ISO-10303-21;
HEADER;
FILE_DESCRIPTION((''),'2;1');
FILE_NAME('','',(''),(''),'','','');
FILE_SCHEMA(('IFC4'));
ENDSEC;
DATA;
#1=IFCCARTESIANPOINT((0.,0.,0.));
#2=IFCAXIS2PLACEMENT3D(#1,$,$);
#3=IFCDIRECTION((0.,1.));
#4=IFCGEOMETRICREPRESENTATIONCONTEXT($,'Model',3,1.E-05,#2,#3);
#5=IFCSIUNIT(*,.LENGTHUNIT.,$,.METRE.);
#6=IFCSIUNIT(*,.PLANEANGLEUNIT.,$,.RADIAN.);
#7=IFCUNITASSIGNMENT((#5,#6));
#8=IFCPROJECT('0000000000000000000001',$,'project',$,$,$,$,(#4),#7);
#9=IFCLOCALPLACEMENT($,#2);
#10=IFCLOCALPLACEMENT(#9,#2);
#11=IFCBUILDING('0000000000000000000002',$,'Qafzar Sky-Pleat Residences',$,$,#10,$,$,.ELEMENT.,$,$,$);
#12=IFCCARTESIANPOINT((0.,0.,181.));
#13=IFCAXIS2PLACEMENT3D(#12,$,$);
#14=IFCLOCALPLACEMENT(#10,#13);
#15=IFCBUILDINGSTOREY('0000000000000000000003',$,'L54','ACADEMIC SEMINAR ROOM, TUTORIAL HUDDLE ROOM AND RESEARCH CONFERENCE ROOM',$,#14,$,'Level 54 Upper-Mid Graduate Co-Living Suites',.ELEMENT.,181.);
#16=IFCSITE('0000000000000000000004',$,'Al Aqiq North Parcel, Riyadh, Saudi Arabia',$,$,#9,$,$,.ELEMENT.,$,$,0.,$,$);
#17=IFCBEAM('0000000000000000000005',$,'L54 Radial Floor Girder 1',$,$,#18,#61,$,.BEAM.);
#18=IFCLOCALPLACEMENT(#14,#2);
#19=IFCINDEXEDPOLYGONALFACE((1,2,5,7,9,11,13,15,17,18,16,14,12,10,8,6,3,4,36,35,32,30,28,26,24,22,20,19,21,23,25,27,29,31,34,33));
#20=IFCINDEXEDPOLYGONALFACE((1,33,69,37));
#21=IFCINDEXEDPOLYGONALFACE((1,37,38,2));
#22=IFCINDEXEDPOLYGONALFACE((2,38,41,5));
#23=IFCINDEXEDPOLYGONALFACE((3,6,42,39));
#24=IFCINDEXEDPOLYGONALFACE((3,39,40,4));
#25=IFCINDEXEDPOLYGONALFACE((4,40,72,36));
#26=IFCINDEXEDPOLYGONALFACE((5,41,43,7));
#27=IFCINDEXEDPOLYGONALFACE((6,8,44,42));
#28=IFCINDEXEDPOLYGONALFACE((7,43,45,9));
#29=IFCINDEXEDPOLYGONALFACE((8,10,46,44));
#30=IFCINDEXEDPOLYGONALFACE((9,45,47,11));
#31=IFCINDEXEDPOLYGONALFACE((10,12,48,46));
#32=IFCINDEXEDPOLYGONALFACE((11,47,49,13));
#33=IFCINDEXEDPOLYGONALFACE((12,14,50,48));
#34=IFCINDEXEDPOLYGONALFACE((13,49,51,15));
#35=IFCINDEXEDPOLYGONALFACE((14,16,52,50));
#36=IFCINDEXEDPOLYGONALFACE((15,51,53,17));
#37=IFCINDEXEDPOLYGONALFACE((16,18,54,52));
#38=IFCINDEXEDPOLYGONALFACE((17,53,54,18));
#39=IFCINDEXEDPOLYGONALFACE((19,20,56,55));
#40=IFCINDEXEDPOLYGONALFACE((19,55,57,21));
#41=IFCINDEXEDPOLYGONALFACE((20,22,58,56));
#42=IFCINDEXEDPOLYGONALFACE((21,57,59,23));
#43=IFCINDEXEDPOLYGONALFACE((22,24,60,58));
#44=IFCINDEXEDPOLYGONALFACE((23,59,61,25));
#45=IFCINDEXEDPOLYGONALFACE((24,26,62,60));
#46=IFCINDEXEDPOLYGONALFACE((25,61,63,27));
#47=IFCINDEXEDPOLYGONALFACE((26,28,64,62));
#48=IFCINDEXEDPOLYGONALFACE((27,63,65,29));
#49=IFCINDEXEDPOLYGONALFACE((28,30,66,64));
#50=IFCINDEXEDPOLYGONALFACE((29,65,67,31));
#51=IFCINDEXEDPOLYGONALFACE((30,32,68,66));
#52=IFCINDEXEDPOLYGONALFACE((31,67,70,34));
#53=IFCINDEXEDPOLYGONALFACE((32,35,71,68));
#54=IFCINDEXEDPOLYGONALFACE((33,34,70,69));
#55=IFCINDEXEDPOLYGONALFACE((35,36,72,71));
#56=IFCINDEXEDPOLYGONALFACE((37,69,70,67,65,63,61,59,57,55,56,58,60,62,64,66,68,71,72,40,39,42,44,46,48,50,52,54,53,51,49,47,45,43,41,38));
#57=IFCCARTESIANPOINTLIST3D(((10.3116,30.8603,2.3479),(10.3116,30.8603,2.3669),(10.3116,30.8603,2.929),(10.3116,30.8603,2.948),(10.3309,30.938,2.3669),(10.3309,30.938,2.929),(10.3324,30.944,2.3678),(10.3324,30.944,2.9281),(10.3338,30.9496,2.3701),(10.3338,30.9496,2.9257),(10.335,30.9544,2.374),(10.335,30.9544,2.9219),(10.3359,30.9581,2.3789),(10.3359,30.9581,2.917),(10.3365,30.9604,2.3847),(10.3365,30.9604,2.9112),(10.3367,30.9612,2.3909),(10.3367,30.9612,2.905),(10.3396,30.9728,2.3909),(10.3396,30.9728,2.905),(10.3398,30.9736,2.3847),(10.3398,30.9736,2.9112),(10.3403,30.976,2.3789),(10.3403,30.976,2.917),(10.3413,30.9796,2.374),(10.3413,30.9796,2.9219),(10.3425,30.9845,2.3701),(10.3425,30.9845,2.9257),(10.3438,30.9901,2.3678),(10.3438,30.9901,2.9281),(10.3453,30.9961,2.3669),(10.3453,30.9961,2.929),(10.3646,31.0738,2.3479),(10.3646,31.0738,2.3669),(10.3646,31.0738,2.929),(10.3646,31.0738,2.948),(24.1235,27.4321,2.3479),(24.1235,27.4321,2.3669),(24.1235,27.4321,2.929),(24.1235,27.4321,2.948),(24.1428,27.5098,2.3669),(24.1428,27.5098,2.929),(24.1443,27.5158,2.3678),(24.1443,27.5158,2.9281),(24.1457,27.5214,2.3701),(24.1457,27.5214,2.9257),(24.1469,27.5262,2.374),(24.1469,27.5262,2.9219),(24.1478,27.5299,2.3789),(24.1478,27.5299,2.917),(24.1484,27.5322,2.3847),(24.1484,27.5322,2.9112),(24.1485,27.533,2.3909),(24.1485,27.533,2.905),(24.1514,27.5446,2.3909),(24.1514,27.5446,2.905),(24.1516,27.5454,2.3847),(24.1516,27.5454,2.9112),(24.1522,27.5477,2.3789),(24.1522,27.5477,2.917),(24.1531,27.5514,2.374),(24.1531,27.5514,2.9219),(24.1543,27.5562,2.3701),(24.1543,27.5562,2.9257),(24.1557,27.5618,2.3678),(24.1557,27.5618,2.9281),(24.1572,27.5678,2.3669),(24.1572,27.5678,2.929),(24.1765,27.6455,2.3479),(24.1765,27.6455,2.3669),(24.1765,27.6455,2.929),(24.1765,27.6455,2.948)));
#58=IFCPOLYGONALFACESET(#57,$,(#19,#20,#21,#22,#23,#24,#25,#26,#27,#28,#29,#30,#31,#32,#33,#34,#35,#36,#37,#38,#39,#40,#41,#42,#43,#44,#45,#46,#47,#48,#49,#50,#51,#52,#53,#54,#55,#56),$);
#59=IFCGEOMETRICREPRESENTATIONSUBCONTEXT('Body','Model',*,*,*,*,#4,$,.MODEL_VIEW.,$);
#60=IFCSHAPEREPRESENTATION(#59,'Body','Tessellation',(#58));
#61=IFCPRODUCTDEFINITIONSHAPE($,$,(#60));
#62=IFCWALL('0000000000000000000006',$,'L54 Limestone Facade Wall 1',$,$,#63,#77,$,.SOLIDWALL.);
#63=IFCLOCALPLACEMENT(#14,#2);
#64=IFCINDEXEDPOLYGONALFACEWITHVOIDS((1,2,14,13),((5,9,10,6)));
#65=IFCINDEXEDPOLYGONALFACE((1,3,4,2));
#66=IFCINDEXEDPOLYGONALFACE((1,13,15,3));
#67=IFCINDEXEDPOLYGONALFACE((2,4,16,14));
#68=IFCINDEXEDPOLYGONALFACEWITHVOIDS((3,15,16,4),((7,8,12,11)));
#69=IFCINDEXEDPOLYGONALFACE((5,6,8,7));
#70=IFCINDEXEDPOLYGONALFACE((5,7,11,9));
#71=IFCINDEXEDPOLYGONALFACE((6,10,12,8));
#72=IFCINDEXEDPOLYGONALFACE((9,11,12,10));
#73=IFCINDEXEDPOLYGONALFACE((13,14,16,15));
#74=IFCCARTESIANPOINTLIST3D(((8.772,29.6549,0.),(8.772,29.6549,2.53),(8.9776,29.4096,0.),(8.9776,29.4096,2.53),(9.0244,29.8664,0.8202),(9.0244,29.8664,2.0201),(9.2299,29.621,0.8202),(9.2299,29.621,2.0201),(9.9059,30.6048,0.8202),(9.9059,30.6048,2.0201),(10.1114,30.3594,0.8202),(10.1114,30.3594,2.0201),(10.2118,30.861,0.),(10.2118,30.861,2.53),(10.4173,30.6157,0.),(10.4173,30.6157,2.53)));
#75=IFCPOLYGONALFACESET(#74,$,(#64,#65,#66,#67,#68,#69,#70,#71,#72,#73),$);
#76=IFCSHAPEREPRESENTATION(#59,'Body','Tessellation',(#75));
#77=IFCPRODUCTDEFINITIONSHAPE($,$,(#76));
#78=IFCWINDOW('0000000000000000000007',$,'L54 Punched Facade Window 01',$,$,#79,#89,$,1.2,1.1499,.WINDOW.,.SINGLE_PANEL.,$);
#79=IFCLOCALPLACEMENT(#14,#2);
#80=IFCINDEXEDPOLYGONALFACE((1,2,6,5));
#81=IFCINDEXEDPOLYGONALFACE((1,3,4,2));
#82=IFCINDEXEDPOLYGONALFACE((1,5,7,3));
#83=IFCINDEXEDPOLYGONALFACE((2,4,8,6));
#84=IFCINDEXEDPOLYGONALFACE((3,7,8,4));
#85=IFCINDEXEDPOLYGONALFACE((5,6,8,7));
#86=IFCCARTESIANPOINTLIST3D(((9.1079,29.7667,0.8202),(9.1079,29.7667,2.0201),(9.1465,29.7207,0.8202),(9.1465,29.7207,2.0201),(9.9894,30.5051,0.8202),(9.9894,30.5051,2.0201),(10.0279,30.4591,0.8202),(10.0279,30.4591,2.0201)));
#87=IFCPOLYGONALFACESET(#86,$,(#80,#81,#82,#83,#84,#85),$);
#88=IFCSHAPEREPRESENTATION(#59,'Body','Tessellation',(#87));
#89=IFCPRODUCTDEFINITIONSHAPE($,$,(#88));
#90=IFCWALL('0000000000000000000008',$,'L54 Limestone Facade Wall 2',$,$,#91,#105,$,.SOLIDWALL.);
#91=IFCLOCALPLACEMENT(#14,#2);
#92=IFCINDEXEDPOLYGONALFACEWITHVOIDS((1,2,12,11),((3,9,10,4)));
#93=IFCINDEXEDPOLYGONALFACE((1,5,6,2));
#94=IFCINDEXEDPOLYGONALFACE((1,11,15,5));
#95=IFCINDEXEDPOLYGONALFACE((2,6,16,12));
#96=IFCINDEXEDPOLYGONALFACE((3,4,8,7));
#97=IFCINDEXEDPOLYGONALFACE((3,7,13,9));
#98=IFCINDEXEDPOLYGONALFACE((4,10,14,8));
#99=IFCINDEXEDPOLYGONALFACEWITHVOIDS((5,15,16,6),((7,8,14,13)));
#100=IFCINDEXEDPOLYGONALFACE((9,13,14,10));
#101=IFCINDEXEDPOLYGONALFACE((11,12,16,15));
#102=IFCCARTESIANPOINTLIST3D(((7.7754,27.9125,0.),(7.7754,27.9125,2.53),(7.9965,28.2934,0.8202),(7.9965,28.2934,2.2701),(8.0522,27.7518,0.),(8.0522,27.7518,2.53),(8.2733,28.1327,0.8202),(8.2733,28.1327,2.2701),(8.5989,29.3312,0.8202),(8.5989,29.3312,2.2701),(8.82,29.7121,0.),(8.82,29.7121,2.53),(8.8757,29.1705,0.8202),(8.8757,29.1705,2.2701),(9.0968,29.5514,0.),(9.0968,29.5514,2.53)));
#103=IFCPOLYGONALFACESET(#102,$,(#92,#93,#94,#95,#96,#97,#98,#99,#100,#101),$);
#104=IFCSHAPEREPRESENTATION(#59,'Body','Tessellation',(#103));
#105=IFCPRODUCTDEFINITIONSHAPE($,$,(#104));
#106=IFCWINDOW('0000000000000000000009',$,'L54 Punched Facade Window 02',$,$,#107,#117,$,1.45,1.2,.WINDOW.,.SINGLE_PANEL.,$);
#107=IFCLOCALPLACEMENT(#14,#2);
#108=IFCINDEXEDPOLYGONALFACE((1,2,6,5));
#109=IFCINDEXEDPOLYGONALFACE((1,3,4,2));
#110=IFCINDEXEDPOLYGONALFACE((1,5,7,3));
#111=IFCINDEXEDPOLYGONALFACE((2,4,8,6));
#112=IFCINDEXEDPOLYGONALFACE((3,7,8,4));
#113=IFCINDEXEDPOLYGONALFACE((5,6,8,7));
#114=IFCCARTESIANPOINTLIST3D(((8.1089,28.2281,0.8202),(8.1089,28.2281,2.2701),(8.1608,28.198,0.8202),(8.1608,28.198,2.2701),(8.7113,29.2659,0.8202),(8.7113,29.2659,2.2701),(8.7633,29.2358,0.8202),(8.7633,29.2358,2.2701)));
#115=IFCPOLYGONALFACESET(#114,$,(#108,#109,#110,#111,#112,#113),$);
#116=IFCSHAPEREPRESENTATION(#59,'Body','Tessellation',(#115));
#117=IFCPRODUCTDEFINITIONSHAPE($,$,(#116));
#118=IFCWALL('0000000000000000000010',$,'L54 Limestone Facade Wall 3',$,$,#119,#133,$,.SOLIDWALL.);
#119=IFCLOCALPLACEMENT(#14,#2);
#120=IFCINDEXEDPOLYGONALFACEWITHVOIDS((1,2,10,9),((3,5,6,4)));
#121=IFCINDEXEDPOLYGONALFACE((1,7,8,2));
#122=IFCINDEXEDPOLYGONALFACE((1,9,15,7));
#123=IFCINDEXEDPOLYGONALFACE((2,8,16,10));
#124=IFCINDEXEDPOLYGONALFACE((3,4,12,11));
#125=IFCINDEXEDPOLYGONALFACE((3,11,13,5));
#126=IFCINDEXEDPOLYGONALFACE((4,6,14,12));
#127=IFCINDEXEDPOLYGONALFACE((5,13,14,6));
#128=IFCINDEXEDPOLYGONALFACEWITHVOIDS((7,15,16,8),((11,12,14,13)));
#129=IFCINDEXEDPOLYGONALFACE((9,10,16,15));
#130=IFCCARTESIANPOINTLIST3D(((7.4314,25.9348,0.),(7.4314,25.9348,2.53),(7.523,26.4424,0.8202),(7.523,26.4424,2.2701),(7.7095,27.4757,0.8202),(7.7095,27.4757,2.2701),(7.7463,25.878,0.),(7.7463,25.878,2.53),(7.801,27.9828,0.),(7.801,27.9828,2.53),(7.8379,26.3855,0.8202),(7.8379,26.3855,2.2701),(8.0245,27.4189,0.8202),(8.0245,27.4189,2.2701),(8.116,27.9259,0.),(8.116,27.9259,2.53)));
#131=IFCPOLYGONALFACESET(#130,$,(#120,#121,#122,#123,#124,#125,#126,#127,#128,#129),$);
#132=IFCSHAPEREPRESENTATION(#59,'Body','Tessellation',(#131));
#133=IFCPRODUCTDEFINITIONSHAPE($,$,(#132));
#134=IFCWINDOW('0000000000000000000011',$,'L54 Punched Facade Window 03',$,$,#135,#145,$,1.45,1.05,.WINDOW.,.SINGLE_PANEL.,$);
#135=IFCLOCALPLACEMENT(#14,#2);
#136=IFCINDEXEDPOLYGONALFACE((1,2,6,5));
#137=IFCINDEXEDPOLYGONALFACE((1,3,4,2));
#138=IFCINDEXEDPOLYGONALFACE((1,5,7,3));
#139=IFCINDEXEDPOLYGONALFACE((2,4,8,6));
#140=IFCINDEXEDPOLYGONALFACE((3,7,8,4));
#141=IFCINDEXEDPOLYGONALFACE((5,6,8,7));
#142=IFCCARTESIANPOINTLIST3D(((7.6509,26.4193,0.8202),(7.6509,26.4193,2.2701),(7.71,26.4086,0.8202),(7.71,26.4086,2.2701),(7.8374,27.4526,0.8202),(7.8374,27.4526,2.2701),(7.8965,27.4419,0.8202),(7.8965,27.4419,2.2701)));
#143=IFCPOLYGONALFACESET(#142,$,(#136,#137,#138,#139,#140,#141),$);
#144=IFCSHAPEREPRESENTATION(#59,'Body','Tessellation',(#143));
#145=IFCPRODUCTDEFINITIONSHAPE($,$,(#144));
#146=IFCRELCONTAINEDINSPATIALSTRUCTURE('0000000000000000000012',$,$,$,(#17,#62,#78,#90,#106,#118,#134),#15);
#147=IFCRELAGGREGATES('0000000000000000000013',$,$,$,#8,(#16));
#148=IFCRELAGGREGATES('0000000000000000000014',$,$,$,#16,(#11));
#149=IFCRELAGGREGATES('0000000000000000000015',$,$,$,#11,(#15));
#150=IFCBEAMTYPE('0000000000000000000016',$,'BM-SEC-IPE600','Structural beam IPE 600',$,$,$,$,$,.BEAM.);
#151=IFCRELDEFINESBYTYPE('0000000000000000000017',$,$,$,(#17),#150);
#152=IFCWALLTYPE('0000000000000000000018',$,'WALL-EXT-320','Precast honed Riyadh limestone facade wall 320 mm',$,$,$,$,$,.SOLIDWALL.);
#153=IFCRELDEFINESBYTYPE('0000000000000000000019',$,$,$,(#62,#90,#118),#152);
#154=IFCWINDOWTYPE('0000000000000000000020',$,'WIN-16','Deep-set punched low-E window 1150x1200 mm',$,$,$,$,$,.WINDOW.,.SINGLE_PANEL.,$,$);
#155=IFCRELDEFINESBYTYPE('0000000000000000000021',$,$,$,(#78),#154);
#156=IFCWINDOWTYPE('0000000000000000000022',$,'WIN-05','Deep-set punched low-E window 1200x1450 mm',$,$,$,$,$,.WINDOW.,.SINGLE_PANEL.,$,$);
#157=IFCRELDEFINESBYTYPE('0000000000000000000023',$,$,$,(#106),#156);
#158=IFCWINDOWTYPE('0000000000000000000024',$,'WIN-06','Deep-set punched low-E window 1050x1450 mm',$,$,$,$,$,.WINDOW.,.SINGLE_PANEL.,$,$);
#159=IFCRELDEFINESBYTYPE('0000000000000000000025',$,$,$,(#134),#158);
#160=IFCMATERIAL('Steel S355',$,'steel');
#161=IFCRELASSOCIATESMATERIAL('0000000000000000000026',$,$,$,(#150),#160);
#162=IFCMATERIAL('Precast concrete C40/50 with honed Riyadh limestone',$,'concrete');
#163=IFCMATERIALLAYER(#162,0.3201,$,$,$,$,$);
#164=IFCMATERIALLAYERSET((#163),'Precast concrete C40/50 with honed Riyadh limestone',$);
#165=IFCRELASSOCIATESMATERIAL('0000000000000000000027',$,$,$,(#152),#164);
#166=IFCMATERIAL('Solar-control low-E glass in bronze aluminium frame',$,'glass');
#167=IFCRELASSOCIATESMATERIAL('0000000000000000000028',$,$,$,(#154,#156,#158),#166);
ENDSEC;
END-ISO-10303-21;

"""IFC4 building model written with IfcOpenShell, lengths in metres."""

from ifc_helpers import new_model, si_unit, direction, frame, frame_2d, origin, origin_2d, place, context, subcontext, project, spatial, rectangle, i_section, extrude, source, transform, mapped, material, layer, layer_set, material_profile, profile_set, type_object, element, fill, save


model = new_model("IFC4")

# Units and contexts
model_context = context("Model", 3, precision=1e-05, world=origin(), true_north=direction((0.0, 1.0)))
body_context = subcontext(model_context, "Body", "Model", "MODEL_VIEW")
ifc_project = project(units=[si_unit("LENGTHUNIT", "METRE"), si_unit("PLANEANGLEUNIT", "RADIAN")], contexts=[model_context])

# Site, building, storey
site_placement = place(None, origin())
site = spatial("IfcSite", under=ifc_project, at=site_placement, Name="Al Aqiq North Parcel, Riyadh, Saudi Arabia", CompositionType="ELEMENT", RefElevation=0.0)
building_placement = place(site_placement, origin())
building = spatial("IfcBuilding", under=site, at=building_placement, Name="Qafzar Sky-Pleat Residences", CompositionType="ELEMENT")
storey_placement = place(building_placement, frame((0.0, 0.0, 181.0)))
storey = spatial("IfcBuildingStorey", under=building, at=storey_placement, Name="L54", Description="ACADEMIC SEMINAR ROOM, TUTORIAL HUDDLE ROOM AND RESEARCH CONFERENCE ROOM", LongName="Level 54 Upper-Mid Graduate Co-Living Suites", CompositionType="ELEMENT", Elevation=181.0)

# Shared definitions
ifc_material_1 = material(Name="Steel S355", Category="steel")

# Beam
ifc_material_profile_1 = material_profile(ifc_material_1, i_section(OverallWidth=0.22, OverallDepth=0.6001, WebThickness=0.012, FlangeThickness=0.019, FilletRadius=0.0239, at=origin_2d()), Name="IPE 600")
ifc_profile_set_1 = profile_set([ifc_material_profile_1], Name="Steel S355")
beam_type_1 = type_object("IfcBeamType", Name="BM-SEC-IPE600", Description="Structural beam IPE 600", PredefinedType="BEAM", material=ifc_profile_set_1)
shared_shape_1 = source(origin(), body_context, "Body", "SweptSolid", [
    extrude(i_section(OverallWidth=0.22, OverallDepth=0.6001, WebThickness=0.012, FlangeThickness=0.019, FilletRadius=0.0239, at=origin_2d()), origin(), (0.0, 0.0, 1.0), 14.231),
])
beam_1_placement = place(storey_placement, frame((10.3381, 30.967, 2.6479), z_axis=(0.97055, -0.2409, 0.0), x_axis=(0.2409, 0.97055, 0.0)))
element("IfcBeam", 1, at=beam_1_placement, inside=storey, type_object=beam_type_1, Name="L54 Radial Floor Girder 1", PredefinedType="BEAM", context=body_context, shape_type="MappedRepresentation", body=[
    mapped(shared_shape_1, transform((0.0, 0.0, 0.0), x_axis=(1.0, 0.0, 0.0), y_axis=(0.0, 1.0, 0.0), z_axis=(0.0, 0.0, 1.0), scale=1.0)),
])

# Walls, openings, windows
ifc_material_2 = material(Name="Precast concrete C40/50 with honed Riyadh limestone", Category="concrete")
ifc_layer_1 = layer(ifc_material_2, 0.3201)
ifc_layer_set_1 = layer_set([ifc_layer_1], Name="Precast concrete C40/50 with honed Riyadh limestone")
wall_type_1 = type_object("IfcWallType", Name="WALL-EXT-320", Description="Precast honed Riyadh limestone facade wall 320 mm", PredefinedType="SOLIDWALL", material=ifc_layer_set_1)
wall_1_placement = place(storey_placement, frame((10.3145, 30.7383, 0.0), z_axis=(0.0, 0.0, 1.0), x_axis=(-0.766567, -0.642164, 0.0)))
wall_1 = element("IfcWall", 2, at=wall_1_placement, inside=storey, type_object=wall_type_1, Name="L54 Limestone Facade Wall 1", PredefinedType="SOLIDWALL", context=body_context, shape_type="SweptSolid", body=[
    extrude(rectangle(XDim=1.8782, YDim=0.3201, at=frame_2d((0.939, 0.0))), origin(), (0.0, 0.0, 1.0), 2.53),
])
opening_1_placement = place(wall_1_placement, frame((0.3989, 0.0, 0.8201)))
opening_1 = element("IfcOpeningElement", 3, at=opening_1_placement, cuts=wall_1, PredefinedType="OPENING", context=body_context, shape_type="SweptSolid", body=[
    extrude(rectangle(XDim=1.1499, YDim=1.2, at=frame_2d((0.575, 0.6001))), frame((0.0, 0.1699, 0.0), z_axis=(0.0, -1.0, 0.0), x_axis=(1.0, 0.0, 0.0)), (0.0, 0.0, 1.0), 0.3401),
])
ifc_material_3 = material(Name="Solar-control low-E glass in bronze aluminium frame", Category="glass")
window_type_1 = type_object("IfcWindowType", Name="WIN-16", Description="Deep-set punched low-E window 1150x1200 mm", PartitioningType="SINGLE_PANEL", PredefinedType="WINDOW", material=ifc_material_3)
shared_shape_2 = source(origin(), body_context, "Body", "SweptSolid", [
    extrude(rectangle(XDim=1.1499, YDim=1.2, at=frame_2d((0.575, 0.6001))), frame((0.0, 0.03, 0.0), z_axis=(0.0, -1.0, 0.0), x_axis=(1.0, 0.0, 0.0)), (0.0, 0.0, 1.0), 0.0601),
])
window_1_placement = place(opening_1_placement, origin())
window_1 = element("IfcWindow", 4, at=window_1_placement, inside=storey, type_object=window_type_1, Name="L54 Punched Facade Window 01", OverallHeight=1.2, OverallWidth=1.1499, PartitioningType="SINGLE_PANEL", PredefinedType="WINDOW", context=body_context, shape_type="MappedRepresentation", body=[
    mapped(shared_shape_2, transform((0.0, 0.0, 0.0), x_axis=(1.0, 0.0, 0.0), y_axis=(0.0, 1.0, 0.0), z_axis=(0.0, 0.0, 1.0), scale=1.0)),
])
fill(opening_1, window_1)
wall_2_placement = place(storey_placement, frame((8.9585, 29.6318, 0.0), z_axis=(0.0, 0.0, 1.0), x_axis=(-0.502053, -0.864837, 0.0)))
wall_2 = element("IfcWall", 5, at=wall_2_placement, inside=storey, type_object=wall_type_1, Name="L54 Limestone Facade Wall 2", PredefinedType="SOLIDWALL", context=body_context, shape_type="SweptSolid", body=[
    extrude(rectangle(XDim=2.0808, YDim=0.3201, at=frame_2d((1.0405, 0.0))), origin(), (0.0, 0.0, 1.0), 2.53),
])
opening_2_placement = place(wall_2_placement, frame((0.4404, 0.0, 0.8201)))
opening_2 = element("IfcOpeningElement", 6, at=opening_2_placement, cuts=wall_2, PredefinedType="OPENING", context=body_context, shape_type="SweptSolid", body=[
    extrude(rectangle(XDim=1.2, YDim=1.45, at=frame_2d((0.6001, 0.7251))), frame((0.0, 0.1699, 0.0), z_axis=(0.0, -1.0, 0.0), x_axis=(1.0, 0.0, 0.0)), (0.0, 0.0, 1.0), 0.3401),
])
window_type_2 = type_object("IfcWindowType", Name="WIN-05", Description="Deep-set punched low-E window 1200x1450 mm", PartitioningType="SINGLE_PANEL", PredefinedType="WINDOW", material=ifc_material_3)
shared_shape_3 = source(origin(), body_context, "Body", "SweptSolid", [
    extrude(rectangle(XDim=1.2, YDim=1.45, at=frame_2d((0.6001, 0.7251))), frame((0.0, 0.03, 0.0), z_axis=(0.0, -1.0, 0.0), x_axis=(1.0, 0.0, 0.0)), (0.0, 0.0, 1.0), 0.0601),
])
window_2_placement = place(opening_2_placement, origin())
window_2 = element("IfcWindow", 7, at=window_2_placement, inside=storey, type_object=window_type_2, Name="L54 Punched Facade Window 02", OverallHeight=1.45, OverallWidth=1.2, PartitioningType="SINGLE_PANEL", PredefinedType="WINDOW", context=body_context, shape_type="MappedRepresentation", body=[
    mapped(shared_shape_3, transform((0.0, 0.0, 0.0), x_axis=(1.0, 0.0, 0.0), y_axis=(0.0, 1.0, 0.0), z_axis=(0.0, 0.0, 1.0), scale=1.0)),
])
fill(opening_2, window_2)
wall_3_placement = place(storey_placement, frame((7.9585, 27.9543, 0.0), z_axis=(0.0, 0.0, 1.0), x_axis=(-0.177626, -0.984098, 0.0)))
wall_3 = element("IfcWall", 8, at=wall_3_placement, inside=storey, type_object=wall_type_1, Name="L54 Limestone Facade Wall 3", PredefinedType="SOLIDWALL", context=body_context, shape_type="SweptSolid", body=[
    extrude(rectangle(XDim=2.0811, YDim=0.3201, at=frame_2d((1.0405, 0.0))), origin(), (0.0, 0.0, 1.0), 2.53),
])
opening_3_placement = place(wall_3_placement, frame((0.5154, 0.0, 0.8201)))
opening_3 = element("IfcOpeningElement", 9, at=opening_3_placement, cuts=wall_3, PredefinedType="OPENING", context=body_context, shape_type="SweptSolid", body=[
    extrude(rectangle(XDim=1.05, YDim=1.45, at=frame_2d((0.5249, 0.7251))), frame((0.0, 0.1699, 0.0), z_axis=(0.0, -1.0, 0.0), x_axis=(1.0, 0.0, 0.0)), (0.0, 0.0, 1.0), 0.3401),
])
window_type_3 = type_object("IfcWindowType", Name="WIN-06", Description="Deep-set punched low-E window 1050x1450 mm", PartitioningType="SINGLE_PANEL", PredefinedType="WINDOW", material=ifc_material_3)
shared_shape_4 = source(origin(), body_context, "Body", "SweptSolid", [
    extrude(rectangle(XDim=1.05, YDim=1.45, at=frame_2d((0.5249, 0.7251))), frame((0.0, 0.03, 0.0), z_axis=(0.0, -1.0, 0.0), x_axis=(1.0, 0.0, 0.0)), (0.0, 0.0, 1.0), 0.0601),
])
window_3_placement = place(opening_3_placement, origin())
window_3 = element("IfcWindow", 10, at=window_3_placement, inside=storey, type_object=window_type_3, Name="L54 Punched Facade Window 03", OverallHeight=1.45, OverallWidth=1.05, PartitioningType="SINGLE_PANEL", PredefinedType="WINDOW", context=body_context, shape_type="MappedRepresentation", body=[
    mapped(shared_shape_4, transform((0.0, 0.0, 0.0), x_axis=(1.0, 0.0, 0.0), y_axis=(0.0, 1.0, 0.0), z_axis=(0.0, 0.0, 1.0), scale=1.0)),
])
fill(opening_3, window_3)

save(model, "model.ifc")
